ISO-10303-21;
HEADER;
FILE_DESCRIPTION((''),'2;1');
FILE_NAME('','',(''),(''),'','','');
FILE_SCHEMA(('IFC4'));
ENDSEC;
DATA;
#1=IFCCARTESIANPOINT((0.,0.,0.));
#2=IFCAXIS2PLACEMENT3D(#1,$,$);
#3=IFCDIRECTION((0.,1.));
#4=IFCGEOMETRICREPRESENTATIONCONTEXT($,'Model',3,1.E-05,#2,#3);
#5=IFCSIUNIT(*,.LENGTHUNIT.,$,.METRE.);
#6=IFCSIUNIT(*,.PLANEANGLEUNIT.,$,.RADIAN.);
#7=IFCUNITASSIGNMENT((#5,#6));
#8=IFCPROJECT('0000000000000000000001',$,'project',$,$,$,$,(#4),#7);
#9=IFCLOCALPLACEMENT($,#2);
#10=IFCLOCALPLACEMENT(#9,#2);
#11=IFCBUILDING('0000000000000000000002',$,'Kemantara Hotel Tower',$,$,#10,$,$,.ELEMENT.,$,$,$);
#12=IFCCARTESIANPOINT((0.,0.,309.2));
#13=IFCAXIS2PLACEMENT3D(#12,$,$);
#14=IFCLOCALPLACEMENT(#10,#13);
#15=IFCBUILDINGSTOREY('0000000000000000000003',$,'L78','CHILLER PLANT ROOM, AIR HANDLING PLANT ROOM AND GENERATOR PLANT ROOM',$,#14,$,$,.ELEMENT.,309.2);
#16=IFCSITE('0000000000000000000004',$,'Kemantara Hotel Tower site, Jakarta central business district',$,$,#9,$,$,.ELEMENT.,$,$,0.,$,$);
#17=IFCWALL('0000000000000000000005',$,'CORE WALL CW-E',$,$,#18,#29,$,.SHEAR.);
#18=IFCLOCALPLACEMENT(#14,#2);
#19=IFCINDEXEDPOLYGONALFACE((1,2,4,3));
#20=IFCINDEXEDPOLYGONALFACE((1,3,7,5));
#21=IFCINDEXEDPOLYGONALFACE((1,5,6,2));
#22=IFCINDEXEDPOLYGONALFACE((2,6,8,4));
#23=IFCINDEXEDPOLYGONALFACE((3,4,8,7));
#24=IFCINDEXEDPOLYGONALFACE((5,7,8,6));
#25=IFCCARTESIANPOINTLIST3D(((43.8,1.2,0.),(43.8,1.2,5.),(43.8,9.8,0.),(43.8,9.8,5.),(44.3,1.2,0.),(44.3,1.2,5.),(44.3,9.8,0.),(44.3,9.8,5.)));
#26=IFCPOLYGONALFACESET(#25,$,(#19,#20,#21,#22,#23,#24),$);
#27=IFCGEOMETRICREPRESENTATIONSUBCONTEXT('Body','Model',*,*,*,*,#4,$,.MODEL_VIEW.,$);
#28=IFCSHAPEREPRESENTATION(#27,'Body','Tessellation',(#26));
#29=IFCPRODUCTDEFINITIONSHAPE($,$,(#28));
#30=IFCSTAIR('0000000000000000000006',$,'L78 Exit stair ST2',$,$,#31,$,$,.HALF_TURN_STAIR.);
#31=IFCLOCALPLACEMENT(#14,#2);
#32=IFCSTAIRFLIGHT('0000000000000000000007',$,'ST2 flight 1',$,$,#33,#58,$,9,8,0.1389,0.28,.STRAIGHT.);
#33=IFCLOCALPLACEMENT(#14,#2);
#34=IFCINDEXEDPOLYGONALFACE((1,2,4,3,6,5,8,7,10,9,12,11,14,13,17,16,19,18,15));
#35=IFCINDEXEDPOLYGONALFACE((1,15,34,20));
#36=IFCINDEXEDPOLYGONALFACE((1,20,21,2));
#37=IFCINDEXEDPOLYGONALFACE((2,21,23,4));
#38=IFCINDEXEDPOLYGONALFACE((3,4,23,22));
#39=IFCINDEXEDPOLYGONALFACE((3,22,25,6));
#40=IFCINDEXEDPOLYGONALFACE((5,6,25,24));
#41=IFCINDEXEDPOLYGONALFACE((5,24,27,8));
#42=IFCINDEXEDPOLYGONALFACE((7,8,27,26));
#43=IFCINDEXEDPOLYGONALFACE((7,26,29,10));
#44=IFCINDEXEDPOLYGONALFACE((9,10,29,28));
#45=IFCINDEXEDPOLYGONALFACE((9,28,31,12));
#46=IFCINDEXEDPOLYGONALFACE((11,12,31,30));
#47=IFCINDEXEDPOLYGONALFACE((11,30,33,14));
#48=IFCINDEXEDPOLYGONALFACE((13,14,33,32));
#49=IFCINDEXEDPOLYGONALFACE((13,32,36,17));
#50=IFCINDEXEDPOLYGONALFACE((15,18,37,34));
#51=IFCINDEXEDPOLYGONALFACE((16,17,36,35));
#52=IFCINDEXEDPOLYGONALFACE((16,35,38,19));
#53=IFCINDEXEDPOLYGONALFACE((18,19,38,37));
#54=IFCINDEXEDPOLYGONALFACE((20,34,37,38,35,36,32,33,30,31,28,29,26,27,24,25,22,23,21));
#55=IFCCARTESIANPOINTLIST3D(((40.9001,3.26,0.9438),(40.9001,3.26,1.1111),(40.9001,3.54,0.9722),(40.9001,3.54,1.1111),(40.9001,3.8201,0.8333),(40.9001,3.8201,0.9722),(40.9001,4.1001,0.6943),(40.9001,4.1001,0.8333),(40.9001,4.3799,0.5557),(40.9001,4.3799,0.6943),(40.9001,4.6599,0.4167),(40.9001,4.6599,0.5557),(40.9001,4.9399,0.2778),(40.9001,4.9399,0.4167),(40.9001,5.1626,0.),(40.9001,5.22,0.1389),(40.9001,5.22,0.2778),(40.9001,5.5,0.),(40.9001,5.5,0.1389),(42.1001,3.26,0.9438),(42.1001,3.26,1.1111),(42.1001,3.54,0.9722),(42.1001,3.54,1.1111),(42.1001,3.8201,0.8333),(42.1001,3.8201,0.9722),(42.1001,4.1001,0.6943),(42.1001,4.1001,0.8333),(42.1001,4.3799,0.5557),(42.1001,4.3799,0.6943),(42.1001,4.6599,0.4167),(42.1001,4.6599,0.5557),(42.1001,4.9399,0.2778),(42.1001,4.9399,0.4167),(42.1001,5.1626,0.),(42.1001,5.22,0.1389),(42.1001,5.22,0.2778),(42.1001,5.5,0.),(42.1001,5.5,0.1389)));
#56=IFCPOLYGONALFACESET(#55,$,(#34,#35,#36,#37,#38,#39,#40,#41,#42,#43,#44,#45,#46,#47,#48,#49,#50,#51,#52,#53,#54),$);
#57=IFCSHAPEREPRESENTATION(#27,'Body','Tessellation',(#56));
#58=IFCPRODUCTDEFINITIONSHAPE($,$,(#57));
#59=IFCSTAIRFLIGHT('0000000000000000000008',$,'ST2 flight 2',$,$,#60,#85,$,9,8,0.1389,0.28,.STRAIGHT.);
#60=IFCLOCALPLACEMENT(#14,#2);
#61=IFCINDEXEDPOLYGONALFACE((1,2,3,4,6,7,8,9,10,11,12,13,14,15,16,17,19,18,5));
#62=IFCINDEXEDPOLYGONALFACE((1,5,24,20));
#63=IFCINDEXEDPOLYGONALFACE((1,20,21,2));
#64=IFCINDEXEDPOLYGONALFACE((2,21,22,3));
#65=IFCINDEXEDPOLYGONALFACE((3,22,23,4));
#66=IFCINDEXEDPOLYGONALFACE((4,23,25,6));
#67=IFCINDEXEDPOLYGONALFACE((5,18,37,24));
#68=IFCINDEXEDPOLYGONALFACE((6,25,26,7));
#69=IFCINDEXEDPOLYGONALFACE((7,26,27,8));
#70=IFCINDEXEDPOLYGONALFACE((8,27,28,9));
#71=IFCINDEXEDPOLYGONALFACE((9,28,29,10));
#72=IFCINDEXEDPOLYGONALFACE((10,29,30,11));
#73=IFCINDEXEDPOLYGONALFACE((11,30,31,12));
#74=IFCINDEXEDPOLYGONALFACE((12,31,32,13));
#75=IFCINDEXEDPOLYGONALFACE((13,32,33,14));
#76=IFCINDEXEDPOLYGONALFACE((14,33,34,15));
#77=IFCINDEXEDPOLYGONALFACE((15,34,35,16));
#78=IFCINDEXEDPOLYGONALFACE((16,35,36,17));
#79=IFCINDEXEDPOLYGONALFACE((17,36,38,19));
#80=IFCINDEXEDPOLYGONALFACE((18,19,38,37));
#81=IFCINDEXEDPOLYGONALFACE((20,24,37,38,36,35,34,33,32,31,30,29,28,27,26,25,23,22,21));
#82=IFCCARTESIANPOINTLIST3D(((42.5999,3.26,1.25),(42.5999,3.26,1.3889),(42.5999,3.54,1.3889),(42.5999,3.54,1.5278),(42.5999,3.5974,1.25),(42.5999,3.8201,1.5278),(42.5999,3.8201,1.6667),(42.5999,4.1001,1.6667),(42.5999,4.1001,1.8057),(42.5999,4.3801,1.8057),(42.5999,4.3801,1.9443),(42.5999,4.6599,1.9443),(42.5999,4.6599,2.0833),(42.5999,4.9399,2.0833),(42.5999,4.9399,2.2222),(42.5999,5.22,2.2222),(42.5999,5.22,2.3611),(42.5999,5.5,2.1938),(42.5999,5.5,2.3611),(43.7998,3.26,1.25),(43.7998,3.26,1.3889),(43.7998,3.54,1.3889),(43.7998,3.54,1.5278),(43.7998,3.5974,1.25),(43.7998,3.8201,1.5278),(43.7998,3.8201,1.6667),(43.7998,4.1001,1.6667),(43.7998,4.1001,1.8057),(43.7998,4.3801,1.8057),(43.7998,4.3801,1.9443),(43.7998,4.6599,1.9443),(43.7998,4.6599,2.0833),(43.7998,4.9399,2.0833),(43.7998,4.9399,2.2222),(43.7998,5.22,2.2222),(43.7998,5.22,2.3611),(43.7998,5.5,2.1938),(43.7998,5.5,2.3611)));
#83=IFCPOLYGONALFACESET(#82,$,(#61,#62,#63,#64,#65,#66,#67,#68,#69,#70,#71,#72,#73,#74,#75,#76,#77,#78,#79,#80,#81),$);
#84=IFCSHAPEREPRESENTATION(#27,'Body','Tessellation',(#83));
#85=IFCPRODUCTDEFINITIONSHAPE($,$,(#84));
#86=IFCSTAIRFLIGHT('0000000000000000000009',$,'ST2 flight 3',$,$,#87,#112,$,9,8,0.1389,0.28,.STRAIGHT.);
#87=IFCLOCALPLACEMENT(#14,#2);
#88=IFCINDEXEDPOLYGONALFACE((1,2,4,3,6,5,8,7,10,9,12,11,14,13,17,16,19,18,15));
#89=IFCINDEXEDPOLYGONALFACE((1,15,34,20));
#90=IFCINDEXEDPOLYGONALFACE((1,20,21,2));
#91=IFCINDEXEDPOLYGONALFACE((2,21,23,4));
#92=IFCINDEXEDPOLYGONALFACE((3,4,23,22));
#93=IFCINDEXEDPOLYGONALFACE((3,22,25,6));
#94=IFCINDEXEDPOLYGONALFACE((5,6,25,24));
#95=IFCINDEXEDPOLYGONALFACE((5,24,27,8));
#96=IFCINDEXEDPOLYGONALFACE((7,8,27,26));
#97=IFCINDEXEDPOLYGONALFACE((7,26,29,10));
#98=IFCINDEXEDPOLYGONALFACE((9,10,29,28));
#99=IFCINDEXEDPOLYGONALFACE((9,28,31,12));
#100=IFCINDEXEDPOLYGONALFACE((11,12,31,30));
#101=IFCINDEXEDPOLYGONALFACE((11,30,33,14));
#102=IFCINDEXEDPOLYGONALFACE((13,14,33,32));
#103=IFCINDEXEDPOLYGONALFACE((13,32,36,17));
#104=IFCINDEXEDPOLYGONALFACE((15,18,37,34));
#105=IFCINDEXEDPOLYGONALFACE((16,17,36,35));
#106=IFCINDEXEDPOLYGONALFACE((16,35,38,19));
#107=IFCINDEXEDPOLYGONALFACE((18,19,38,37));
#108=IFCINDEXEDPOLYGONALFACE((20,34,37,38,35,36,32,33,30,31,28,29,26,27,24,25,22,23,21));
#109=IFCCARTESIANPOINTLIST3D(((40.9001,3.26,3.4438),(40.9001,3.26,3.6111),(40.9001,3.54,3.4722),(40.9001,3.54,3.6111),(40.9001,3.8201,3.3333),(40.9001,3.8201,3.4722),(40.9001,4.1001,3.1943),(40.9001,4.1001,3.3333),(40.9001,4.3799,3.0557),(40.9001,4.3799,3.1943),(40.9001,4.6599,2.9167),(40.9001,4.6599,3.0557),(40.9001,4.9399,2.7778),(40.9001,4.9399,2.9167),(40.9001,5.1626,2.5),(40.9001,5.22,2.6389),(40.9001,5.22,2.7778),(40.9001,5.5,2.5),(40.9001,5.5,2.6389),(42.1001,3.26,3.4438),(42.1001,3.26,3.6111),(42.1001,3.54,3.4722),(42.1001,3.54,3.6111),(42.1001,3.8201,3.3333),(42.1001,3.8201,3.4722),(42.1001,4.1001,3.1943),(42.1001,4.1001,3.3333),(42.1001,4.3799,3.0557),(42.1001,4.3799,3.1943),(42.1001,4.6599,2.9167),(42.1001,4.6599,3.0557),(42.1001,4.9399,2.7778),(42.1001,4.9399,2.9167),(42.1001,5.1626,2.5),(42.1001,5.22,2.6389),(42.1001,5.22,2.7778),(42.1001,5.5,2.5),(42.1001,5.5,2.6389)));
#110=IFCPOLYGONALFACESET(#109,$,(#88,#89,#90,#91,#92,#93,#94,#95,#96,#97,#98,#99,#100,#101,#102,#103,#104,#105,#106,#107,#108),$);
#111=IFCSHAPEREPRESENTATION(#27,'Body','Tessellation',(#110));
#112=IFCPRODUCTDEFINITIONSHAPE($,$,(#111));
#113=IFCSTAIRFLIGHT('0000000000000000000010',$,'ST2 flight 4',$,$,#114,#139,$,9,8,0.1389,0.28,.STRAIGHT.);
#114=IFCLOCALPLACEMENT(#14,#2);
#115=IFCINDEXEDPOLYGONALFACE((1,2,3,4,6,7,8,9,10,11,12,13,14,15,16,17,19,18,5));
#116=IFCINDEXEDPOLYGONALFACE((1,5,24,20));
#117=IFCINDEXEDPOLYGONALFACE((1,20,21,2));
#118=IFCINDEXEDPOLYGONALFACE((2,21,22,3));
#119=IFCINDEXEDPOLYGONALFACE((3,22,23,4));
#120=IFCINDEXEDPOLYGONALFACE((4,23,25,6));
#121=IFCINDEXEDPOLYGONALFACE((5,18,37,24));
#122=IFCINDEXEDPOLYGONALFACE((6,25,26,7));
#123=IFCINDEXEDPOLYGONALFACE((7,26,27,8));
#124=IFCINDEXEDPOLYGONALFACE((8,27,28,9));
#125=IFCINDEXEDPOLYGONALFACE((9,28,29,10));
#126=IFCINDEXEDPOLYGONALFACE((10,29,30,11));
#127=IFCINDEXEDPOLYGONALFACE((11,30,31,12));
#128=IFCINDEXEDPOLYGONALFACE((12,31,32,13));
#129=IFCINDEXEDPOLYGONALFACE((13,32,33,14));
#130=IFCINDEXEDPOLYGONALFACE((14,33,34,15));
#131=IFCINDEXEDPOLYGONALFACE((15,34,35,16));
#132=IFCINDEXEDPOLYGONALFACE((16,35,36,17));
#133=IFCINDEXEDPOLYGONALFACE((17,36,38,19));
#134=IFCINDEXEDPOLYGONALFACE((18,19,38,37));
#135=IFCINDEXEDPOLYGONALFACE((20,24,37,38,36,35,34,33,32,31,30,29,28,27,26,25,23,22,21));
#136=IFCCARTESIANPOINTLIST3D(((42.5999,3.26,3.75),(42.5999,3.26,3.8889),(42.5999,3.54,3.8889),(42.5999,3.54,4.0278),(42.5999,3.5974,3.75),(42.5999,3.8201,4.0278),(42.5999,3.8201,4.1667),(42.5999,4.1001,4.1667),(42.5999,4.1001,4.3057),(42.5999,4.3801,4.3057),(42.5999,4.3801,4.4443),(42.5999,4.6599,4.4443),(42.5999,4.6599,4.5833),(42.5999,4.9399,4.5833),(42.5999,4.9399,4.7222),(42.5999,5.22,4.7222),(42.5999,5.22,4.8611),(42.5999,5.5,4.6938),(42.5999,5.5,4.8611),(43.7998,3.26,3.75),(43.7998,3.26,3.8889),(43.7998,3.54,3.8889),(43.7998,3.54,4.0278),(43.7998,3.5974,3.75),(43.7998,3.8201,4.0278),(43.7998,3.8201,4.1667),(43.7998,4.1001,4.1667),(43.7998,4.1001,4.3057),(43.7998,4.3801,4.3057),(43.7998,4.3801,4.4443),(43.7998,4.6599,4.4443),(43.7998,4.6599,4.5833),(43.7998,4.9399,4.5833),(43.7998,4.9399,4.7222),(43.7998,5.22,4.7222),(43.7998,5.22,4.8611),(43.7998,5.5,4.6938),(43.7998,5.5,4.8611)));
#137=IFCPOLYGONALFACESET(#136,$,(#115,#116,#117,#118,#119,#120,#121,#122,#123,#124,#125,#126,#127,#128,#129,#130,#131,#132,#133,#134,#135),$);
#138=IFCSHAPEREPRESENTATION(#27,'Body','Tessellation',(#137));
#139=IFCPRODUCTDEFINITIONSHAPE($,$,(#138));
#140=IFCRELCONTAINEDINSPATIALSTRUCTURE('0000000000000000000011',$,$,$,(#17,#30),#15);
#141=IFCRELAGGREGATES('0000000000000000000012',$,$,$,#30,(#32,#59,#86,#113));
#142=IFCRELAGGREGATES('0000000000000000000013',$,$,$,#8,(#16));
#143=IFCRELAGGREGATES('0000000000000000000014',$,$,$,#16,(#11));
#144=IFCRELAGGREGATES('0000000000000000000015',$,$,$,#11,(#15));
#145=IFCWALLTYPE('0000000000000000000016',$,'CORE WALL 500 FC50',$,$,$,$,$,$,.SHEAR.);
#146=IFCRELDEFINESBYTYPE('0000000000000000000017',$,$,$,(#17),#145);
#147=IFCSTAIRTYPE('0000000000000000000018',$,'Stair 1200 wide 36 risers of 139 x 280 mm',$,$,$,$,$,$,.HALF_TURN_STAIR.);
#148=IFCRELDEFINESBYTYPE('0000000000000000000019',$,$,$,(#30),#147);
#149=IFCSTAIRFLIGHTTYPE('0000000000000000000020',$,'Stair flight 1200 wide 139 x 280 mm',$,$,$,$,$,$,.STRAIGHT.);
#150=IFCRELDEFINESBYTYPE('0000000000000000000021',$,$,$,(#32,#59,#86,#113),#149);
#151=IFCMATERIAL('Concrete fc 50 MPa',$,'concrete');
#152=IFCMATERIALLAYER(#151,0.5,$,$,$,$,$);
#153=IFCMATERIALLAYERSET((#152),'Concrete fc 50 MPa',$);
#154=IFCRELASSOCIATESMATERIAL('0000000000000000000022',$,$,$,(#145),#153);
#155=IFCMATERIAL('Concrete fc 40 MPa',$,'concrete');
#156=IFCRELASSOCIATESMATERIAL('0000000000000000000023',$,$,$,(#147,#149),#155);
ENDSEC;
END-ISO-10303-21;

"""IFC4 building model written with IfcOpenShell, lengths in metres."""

from ifc_helpers import new_model, si_unit, direction, frame, frame_2d, origin, place, context, subcontext, project, spatial, polyline, rectangle, outline, extrude, material, layer, layer_set, type_object, element, aggregate, save


model = new_model("IFC4")

# Units and contexts
model_context = context("Model", 3, precision=1e-05, world=origin(), true_north=direction((0.0, 1.0)))
body_context = subcontext(model_context, "Body", "Model", "MODEL_VIEW")
ifc_project = project(units=[si_unit("LENGTHUNIT", "METRE"), si_unit("PLANEANGLEUNIT", "RADIAN")], contexts=[model_context])

# Site, building, storey
site_placement = place(None, origin())
site = spatial("IfcSite", under=ifc_project, at=site_placement, Name="Kemantara Hotel Tower site, Jakarta central business district", CompositionType="ELEMENT", RefElevation=0.0)
building_placement = place(site_placement, origin())
building = spatial("IfcBuilding", under=site, at=building_placement, Name="Kemantara Hotel Tower", CompositionType="ELEMENT")
storey_placement = place(building_placement, frame((0.0, 0.0, 309.2)))
storey = spatial("IfcBuildingStorey", under=building, at=storey_placement, Name="L78", Description="CHILLER PLANT ROOM, AIR HANDLING PLANT ROOM AND GENERATOR PLANT ROOM", CompositionType="ELEMENT", Elevation=309.2)

# Shared definitions
ifc_material_1 = material(Name="Concrete fc 50 MPa", Category="concrete")

# Wall
ifc_layer_1 = layer(ifc_material_1, 0.5)
ifc_layer_set_1 = layer_set([ifc_layer_1], Name="Concrete fc 50 MPa")
wall_type_1 = type_object("IfcWallType", Name="CORE WALL 500 FC50", PredefinedType="SHEAR", material=ifc_layer_set_1)
wall_1_placement = place(storey_placement, frame((44.05, 1.2, 0.0), z_axis=(0.0, 0.0, 1.0), x_axis=(0.0, 1.0, 0.0)))
element("IfcWall", 1, at=wall_1_placement, inside=storey, type_object=wall_type_1, Name="CORE WALL CW-E", PredefinedType="SHEAR", context=body_context, shape_type="SweptSolid", body=[
    extrude(rectangle(XDim=8.6001, YDim=0.5, at=frame_2d((4.3, 0.0))), origin(), (0.0, 0.0, 1.0), 5.0),
])

# Stair, stair flights
ifc_material_2 = material(Name="Concrete fc 40 MPa", Category="concrete")
stair_type = type_object("IfcStairType", Name="Stair 1200 wide 36 risers of 139 x 280 mm", PredefinedType="HALF_TURN_STAIR", material=ifc_material_2)
stair_placement = place(storey_placement, origin())
stair = element("IfcStair", 2, at=stair_placement, inside=storey, type_object=stair_type, Name="L78 Exit stair ST2", PredefinedType="HALF_TURN_STAIR")
stair_flight_type = type_object("IfcStairFlightType", Name="Stair flight 1200 wide 139 x 280 mm", PredefinedType="STRAIGHT", material=ifc_material_2)
stair_flight_1_placement = place(storey_placement, frame((41.5, 5.5, 0.0), z_axis=(0.0, 0.0, 1.0), x_axis=(0.0, -1.0, 0.0)))
stair_flight_1 = element("IfcStairFlight", 3, at=stair_flight_1_placement, type_object=stair_flight_type, Name="ST2 flight 1", NumberOfRisers=9, NumberOfTreads=8, PredefinedType="STRAIGHT", RiserHeight=0.1389, TreadLength=0.28, context=body_context, shape_type="SweptSolid", body=[
    extrude(outline(polyline([(0.0, 0.0), (0.0, 0.1389), (0.28, 0.1389), (0.28, 0.2778), (0.5601, 0.2778), (0.5601, 0.4167), (0.8401, 0.4167), (0.8401, 0.5557), (1.1201, 0.5557), (1.1201, 0.6943), (1.3999, 0.6943), (1.3999, 0.8333), (1.6799, 0.8333), (1.6799, 0.9722), (1.96, 0.9722), (1.96, 1.1111), (2.24, 1.1111), (2.24, 1.25), (2.24, 0.9438), (0.3374, 0.0), (0.0, 0.0)])), frame((0.0, 0.6001, 0.0), z_axis=(0.0, -1.0, 0.0), x_axis=(1.0, 0.0, 0.0)), (0.0, 0.0, 1.0), 1.2),
])
stair_flight_2_placement = place(storey_placement, frame((43.2, 3.26, 1.25), z_axis=(0.0, 0.0, 1.0), x_axis=(0.0, 1.0, 0.0)))
stair_flight_2 = element("IfcStairFlight", 4, at=stair_flight_2_placement, type_object=stair_flight_type, Name="ST2 flight 2", NumberOfRisers=9, NumberOfTreads=8, PredefinedType="STRAIGHT", RiserHeight=0.1389, TreadLength=0.28, context=body_context, shape_type="SweptSolid", body=[
    extrude(outline(polyline([(0.0, 0.0), (0.0, 0.1389), (0.28, 0.1389), (0.28, 0.2778), (0.5601, 0.2778), (0.5601, 0.4167), (0.8401, 0.4167), (0.8401, 0.5557), (1.1201, 0.5557), (1.1201, 0.6943), (1.3999, 0.6943), (1.3999, 0.8333), (1.6799, 0.8333), (1.6799, 0.9722), (1.96, 0.9722), (1.96, 1.1111), (2.24, 1.1111), (2.24, 1.25), (2.24, 0.9438), (0.3374, 0.0), (0.0, 0.0)])), frame((0.0, 0.6001, 0.0), z_axis=(0.0, -1.0, 0.0), x_axis=(1.0, 0.0, 0.0)), (0.0, 0.0, 1.0), 1.2),
])
stair_flight_3_placement = place(storey_placement, frame((41.5, 5.5, 2.5), z_axis=(0.0, 0.0, 1.0), x_axis=(0.0, -1.0, 0.0)))
stair_flight_3 = element("IfcStairFlight", 5, at=stair_flight_3_placement, type_object=stair_flight_type, Name="ST2 flight 3", NumberOfRisers=9, NumberOfTreads=8, PredefinedType="STRAIGHT", RiserHeight=0.1389, TreadLength=0.28, context=body_context, shape_type="SweptSolid", body=[
    extrude(outline(polyline([(0.0, 0.0), (0.0, 0.1389), (0.28, 0.1389), (0.28, 0.2778), (0.5601, 0.2778), (0.5601, 0.4167), (0.8401, 0.4167), (0.8401, 0.5557), (1.1201, 0.5557), (1.1201, 0.6943), (1.3999, 0.6943), (1.3999, 0.8333), (1.6799, 0.8333), (1.6799, 0.9722), (1.96, 0.9722), (1.96, 1.1111), (2.24, 1.1111), (2.24, 1.25), (2.24, 0.9438), (0.3374, 0.0), (0.0, 0.0)])), frame((0.0, 0.6001, 0.0), z_axis=(0.0, -1.0, 0.0), x_axis=(1.0, 0.0, 0.0)), (0.0, 0.0, 1.0), 1.2),
])
stair_flight_4_placement = place(storey_placement, frame((43.2, 3.26, 3.75), z_axis=(0.0, 0.0, 1.0), x_axis=(0.0, 1.0, 0.0)))
stair_flight_4 = element("IfcStairFlight", 6, at=stair_flight_4_placement, type_object=stair_flight_type, Name="ST2 flight 4", NumberOfRisers=9, NumberOfTreads=8, PredefinedType="STRAIGHT", RiserHeight=0.1389, TreadLength=0.28, context=body_context, shape_type="SweptSolid", body=[
    extrude(outline(polyline([(0.0, 0.0), (0.0, 0.1389), (0.28, 0.1389), (0.28, 0.2778), (0.5601, 0.2778), (0.5601, 0.4167), (0.8401, 0.4167), (0.8401, 0.5557), (1.1201, 0.5557), (1.1201, 0.6943), (1.3999, 0.6943), (1.3999, 0.8333), (1.6799, 0.8333), (1.6799, 0.9722), (1.96, 0.9722), (1.96, 1.1111), (2.24, 1.1111), (2.24, 1.25), (2.24, 0.9438), (0.3374, 0.0), (0.0, 0.0)])), frame((0.0, 0.6001, 0.0), z_axis=(0.0, -1.0, 0.0), x_axis=(1.0, 0.0, 0.0)), (0.0, 0.0, 1.0), 1.2),
])
aggregate(stair, [stair_flight_1, stair_flight_2, stair_flight_3, stair_flight_4])

save(model, "model.ifc")
